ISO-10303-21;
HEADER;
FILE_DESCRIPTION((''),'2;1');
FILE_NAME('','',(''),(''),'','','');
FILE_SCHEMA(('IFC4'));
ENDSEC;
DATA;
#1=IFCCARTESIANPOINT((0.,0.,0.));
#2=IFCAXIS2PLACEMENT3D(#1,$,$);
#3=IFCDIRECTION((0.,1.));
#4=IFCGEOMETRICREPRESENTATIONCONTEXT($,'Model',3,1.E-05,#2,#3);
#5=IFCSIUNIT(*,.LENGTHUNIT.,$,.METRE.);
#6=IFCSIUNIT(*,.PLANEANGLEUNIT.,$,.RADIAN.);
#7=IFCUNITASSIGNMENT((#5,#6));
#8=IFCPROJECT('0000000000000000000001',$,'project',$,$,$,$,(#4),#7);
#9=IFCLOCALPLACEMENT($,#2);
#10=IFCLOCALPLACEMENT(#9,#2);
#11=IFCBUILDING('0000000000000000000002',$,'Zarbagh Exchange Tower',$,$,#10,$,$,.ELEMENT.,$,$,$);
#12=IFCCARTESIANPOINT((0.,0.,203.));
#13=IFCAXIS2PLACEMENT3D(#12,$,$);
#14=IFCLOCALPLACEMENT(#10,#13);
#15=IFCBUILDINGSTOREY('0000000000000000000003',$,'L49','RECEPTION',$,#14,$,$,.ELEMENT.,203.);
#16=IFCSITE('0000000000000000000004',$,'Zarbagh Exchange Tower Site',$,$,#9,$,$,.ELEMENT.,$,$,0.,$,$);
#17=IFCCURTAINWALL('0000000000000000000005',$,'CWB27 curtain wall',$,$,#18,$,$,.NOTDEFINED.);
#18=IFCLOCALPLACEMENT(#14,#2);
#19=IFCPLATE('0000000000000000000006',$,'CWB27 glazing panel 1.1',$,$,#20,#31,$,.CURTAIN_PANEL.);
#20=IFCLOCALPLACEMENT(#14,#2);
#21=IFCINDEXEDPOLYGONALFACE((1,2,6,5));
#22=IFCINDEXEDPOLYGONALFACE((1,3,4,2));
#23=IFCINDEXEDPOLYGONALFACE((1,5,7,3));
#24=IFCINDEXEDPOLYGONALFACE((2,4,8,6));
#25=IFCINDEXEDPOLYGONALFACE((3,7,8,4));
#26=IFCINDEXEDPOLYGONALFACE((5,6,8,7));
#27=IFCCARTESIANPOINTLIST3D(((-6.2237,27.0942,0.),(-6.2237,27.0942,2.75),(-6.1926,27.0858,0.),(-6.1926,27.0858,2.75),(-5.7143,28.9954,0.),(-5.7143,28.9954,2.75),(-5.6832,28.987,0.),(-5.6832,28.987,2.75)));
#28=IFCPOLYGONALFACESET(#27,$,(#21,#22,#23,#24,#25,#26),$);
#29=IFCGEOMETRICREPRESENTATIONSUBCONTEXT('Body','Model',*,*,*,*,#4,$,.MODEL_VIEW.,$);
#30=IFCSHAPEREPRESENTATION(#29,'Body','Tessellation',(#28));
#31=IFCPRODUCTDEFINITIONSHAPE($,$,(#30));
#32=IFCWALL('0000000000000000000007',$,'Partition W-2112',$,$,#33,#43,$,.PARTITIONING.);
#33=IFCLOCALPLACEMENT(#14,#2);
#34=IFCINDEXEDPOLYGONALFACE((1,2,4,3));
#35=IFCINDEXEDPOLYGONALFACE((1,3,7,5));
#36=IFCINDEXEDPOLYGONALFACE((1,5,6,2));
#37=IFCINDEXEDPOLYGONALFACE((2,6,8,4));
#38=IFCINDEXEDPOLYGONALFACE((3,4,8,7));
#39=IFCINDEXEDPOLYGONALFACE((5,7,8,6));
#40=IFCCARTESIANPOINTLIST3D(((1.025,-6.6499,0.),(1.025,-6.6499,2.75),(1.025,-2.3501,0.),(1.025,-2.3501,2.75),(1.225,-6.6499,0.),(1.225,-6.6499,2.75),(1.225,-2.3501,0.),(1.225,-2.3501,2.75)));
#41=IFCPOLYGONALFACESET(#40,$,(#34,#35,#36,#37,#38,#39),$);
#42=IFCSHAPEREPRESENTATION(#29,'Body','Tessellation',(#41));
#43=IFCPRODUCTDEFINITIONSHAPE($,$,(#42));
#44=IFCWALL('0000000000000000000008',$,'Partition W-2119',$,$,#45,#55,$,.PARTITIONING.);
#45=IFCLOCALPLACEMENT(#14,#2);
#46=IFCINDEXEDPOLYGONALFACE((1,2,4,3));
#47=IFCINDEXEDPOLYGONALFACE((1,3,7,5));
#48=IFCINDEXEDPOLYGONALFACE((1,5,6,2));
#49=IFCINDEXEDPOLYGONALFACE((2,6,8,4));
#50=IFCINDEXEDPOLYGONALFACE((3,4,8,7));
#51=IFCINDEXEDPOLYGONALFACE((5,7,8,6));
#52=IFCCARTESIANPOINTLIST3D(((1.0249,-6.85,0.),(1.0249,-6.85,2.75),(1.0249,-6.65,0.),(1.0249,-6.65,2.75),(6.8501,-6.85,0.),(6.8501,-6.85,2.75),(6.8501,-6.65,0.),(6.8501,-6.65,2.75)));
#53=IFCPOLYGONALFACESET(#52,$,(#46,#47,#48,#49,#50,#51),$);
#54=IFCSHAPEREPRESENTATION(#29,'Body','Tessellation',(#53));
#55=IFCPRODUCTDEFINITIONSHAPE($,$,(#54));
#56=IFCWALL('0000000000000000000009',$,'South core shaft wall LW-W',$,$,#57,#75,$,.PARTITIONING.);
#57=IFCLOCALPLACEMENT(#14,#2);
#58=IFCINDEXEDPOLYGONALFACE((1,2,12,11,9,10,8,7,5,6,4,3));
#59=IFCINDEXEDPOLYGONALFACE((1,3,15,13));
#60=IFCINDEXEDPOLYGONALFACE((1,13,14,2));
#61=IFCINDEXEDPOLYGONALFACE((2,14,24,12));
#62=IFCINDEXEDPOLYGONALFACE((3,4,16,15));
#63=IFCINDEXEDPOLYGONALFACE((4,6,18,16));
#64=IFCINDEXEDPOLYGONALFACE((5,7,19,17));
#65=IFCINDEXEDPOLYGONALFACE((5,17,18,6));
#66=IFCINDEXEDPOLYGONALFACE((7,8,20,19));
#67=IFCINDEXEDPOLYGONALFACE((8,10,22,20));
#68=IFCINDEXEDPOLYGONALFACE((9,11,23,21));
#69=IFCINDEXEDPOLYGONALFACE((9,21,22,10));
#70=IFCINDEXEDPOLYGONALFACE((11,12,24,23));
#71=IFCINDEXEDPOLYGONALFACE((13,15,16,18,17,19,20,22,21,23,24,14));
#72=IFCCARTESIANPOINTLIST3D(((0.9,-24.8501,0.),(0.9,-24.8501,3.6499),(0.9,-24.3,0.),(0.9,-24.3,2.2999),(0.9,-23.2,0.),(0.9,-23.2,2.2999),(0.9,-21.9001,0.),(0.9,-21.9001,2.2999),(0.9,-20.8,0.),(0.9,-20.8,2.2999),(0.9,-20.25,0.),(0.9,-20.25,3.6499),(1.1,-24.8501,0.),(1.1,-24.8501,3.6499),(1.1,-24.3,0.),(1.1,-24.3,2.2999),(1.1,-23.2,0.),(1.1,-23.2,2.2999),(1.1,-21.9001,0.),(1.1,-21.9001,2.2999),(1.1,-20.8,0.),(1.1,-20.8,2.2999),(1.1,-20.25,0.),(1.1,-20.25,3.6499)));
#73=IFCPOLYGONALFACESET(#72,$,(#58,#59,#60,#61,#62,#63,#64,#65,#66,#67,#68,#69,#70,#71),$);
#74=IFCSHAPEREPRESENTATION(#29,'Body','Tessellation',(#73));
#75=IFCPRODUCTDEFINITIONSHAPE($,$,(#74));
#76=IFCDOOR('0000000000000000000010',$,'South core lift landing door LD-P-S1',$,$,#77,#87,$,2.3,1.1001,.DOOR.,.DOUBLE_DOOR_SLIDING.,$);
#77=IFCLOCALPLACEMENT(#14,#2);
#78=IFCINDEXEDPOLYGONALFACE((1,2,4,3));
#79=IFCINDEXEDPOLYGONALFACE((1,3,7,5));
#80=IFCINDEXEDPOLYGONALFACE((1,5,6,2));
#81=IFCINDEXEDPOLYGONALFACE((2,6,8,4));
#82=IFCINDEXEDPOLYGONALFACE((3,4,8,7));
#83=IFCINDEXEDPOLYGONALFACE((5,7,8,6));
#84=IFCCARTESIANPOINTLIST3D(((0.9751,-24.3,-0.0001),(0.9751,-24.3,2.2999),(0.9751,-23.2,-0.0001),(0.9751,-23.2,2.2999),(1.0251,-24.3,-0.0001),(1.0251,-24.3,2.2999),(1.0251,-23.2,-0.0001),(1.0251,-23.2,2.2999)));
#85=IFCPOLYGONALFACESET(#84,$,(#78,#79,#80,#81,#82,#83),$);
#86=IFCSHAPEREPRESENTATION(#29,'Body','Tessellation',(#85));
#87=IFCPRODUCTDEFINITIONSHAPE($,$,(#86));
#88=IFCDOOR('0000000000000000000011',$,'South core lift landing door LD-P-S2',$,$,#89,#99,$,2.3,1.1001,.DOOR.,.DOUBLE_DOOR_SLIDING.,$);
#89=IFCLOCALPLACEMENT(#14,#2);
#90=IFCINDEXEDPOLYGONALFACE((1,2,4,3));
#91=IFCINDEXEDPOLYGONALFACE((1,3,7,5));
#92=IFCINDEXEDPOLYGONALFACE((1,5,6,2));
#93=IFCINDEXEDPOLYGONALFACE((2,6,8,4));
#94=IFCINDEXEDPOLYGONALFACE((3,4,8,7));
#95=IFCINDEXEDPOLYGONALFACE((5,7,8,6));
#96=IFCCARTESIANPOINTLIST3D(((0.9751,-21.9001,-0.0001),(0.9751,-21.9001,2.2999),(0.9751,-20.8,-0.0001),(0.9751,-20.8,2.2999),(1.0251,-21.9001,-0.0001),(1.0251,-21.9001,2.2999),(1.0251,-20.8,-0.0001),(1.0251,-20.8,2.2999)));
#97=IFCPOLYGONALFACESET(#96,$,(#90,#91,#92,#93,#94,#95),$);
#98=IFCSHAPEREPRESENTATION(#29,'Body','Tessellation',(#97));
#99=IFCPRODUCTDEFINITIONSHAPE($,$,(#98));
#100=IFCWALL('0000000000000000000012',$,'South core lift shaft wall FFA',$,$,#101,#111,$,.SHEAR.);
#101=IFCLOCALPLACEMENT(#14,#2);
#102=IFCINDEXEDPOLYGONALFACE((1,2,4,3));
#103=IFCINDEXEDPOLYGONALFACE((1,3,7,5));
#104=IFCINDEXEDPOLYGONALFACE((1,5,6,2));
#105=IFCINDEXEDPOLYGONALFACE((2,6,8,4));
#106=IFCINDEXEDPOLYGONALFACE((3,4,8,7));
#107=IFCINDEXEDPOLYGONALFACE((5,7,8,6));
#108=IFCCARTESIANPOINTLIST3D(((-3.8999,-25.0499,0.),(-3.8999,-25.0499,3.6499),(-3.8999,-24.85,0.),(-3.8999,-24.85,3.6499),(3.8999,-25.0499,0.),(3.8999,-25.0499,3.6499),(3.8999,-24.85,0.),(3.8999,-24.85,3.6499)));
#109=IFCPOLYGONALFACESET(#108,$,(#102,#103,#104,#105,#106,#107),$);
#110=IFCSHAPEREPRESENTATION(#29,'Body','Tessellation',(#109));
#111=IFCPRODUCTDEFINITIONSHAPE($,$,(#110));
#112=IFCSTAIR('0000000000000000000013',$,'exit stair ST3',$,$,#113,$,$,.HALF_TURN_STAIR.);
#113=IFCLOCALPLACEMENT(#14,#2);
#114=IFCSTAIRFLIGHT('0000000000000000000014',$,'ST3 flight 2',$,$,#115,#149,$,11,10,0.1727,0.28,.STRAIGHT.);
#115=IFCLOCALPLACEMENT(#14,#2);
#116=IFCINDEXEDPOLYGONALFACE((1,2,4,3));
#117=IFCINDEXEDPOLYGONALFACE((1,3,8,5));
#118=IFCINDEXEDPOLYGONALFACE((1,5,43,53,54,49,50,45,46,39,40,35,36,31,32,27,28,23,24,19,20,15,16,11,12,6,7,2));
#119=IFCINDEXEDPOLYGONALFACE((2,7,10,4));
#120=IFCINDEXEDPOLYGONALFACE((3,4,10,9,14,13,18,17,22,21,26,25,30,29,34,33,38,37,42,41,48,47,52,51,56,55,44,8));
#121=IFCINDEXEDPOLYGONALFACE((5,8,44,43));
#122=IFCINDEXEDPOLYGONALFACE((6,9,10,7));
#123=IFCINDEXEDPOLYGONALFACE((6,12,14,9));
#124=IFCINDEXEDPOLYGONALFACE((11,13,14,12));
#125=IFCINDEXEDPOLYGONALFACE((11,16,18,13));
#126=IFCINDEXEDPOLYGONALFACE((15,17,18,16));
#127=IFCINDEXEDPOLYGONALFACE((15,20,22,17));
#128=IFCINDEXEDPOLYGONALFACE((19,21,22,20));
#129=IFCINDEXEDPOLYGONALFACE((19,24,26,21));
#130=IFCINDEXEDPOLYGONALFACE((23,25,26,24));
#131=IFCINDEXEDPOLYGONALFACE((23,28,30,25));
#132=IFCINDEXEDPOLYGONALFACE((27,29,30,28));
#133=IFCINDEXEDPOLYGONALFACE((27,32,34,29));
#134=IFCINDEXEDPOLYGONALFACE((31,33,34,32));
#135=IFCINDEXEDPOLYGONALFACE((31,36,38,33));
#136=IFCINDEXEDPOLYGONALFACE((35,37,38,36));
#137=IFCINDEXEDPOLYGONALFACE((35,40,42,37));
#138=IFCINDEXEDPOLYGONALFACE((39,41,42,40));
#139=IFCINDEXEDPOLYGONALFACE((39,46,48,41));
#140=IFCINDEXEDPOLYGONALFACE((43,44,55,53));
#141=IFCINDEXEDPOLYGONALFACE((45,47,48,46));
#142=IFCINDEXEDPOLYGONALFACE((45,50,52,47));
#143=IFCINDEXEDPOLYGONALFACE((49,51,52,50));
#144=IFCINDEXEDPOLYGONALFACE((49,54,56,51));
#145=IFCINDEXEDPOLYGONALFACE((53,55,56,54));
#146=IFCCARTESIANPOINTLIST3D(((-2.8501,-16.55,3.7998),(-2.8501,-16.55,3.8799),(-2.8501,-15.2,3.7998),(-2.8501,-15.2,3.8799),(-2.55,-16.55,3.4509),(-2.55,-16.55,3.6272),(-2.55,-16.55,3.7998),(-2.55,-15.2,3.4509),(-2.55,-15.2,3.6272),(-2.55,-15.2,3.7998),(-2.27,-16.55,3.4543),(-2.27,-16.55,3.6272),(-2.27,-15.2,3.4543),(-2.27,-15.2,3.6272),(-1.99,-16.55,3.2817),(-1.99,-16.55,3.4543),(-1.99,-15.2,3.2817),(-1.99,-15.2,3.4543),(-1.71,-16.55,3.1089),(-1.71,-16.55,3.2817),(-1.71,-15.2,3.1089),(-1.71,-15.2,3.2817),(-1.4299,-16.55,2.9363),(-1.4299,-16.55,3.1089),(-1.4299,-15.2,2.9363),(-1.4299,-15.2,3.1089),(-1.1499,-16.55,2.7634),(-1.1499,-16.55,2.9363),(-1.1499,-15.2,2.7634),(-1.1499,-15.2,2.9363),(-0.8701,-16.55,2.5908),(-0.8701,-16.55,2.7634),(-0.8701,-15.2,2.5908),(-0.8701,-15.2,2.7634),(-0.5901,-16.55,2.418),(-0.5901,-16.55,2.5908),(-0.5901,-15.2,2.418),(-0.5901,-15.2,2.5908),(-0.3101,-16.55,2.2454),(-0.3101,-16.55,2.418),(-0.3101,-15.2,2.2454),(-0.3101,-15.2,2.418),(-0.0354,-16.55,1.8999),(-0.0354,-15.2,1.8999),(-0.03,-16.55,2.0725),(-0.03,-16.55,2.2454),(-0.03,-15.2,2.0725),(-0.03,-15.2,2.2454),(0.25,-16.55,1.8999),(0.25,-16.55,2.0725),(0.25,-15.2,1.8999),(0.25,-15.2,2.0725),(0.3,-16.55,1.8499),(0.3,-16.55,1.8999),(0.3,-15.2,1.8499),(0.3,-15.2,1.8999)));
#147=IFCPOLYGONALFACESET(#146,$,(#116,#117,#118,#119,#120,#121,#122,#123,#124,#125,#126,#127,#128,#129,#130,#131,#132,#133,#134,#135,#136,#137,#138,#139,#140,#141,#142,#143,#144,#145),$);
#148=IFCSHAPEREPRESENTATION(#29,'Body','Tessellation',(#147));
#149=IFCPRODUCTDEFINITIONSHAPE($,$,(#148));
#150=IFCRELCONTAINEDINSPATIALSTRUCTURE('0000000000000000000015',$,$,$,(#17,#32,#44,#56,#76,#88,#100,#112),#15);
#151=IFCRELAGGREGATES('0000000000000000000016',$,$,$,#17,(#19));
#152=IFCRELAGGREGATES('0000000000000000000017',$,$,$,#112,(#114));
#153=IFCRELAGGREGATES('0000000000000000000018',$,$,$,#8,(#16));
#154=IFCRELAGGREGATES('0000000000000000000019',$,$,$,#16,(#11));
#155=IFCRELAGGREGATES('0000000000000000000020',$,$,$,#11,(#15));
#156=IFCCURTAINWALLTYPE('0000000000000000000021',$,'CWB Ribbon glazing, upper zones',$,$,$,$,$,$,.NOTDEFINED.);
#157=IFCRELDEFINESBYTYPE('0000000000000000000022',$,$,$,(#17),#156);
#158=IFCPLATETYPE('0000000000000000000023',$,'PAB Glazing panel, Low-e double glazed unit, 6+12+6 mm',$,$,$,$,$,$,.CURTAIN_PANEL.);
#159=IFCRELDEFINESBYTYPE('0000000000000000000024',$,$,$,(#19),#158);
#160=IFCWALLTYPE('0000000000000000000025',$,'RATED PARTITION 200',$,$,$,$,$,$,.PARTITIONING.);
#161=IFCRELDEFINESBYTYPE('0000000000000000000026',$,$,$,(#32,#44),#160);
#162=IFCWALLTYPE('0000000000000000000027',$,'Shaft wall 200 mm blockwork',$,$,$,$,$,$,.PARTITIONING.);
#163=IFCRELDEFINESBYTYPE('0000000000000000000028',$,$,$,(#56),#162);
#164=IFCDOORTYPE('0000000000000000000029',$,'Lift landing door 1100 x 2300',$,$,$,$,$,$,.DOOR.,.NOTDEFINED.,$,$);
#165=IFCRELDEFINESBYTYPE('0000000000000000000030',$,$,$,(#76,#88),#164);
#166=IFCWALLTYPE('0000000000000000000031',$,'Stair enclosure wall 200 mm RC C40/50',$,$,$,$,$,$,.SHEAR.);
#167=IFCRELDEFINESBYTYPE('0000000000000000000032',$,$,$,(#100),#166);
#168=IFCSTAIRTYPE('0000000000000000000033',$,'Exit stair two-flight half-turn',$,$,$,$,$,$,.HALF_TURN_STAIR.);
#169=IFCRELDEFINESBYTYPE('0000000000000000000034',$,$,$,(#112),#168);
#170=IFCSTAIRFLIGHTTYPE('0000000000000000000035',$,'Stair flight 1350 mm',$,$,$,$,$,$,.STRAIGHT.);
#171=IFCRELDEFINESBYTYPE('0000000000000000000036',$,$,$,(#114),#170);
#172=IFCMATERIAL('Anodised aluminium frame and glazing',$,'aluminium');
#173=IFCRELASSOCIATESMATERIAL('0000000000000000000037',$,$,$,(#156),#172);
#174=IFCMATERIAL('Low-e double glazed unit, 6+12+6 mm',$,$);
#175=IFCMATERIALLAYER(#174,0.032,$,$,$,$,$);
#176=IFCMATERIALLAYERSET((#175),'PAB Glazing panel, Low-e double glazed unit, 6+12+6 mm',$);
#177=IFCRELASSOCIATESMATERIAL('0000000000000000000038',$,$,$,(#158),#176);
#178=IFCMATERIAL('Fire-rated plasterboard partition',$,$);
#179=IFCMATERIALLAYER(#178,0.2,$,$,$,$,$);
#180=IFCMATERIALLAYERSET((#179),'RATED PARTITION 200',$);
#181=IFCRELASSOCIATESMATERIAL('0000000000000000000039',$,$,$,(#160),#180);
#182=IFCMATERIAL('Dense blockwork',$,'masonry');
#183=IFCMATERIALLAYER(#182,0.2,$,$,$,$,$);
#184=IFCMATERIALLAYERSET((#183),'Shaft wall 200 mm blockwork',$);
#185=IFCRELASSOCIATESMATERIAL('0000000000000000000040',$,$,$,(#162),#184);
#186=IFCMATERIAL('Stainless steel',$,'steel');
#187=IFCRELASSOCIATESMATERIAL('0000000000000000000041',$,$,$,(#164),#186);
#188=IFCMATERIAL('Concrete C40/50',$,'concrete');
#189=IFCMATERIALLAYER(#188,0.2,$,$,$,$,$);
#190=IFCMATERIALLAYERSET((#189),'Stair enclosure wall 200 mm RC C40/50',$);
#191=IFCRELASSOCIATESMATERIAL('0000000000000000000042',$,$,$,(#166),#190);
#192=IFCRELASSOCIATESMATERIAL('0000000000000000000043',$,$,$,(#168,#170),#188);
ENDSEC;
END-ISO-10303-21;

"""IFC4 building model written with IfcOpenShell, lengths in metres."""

from ifc_helpers import new_model, si_unit, direction, frame, frame_2d, origin, place, context, subcontext, project, spatial, polyline, rectangle, outline, extrude, source, transform, mapped, material, layer, layer_set, type_object, element, fill, aggregate, save


model = new_model("IFC4")

# Units and contexts
model_context = context("Model", 3, precision=1e-05, world=origin(), true_north=direction((0.0, 1.0)))
body_context = subcontext(model_context, "Body", "Model", "MODEL_VIEW")
ifc_project = project(units=[si_unit("LENGTHUNIT", "METRE"), si_unit("PLANEANGLEUNIT", "RADIAN")], contexts=[model_context])

# Site, building, storey
site_placement = place(None, origin())
site = spatial("IfcSite", under=ifc_project, at=site_placement, Name="Zarbagh Exchange Tower Site", CompositionType="ELEMENT", RefElevation=0.0)
building_placement = place(site_placement, origin())
building = spatial("IfcBuilding", under=site, at=building_placement, Name="Zarbagh Exchange Tower", CompositionType="ELEMENT")
storey_placement = place(building_placement, frame((0.0, 0.0, 203.0)))
storey = spatial("IfcBuildingStorey", under=building, at=storey_placement, Name="L49", Description="RECEPTION", CompositionType="ELEMENT", Elevation=203.0)

# Shared definitions
ifc_material_1 = material(Name="Anodised aluminium frame and glazing", Category="aluminium")
curtain_wall_type = type_object("IfcCurtainWallType", Name="CWB Ribbon glazing, upper zones", PredefinedType="NOTDEFINED", material=ifc_material_1)
placement = place(storey_placement, origin())

# Shared definitions
ifc_material_2 = material(Name="Low-e double glazed unit, 6+12+6 mm")
ifc_layer_1 = layer(ifc_material_2, 0.032)
ifc_layer_set_1 = layer_set([ifc_layer_1], Name="PAB Glazing panel, Low-e double glazed unit, 6+12+6 mm")
plate_type = type_object("IfcPlateType", Name="PAB Glazing panel, Low-e double glazed unit, 6+12+6 mm", PredefinedType="CURTAIN_PANEL", material=ifc_layer_set_1)

# Curtain wall, plate
curtain_wall_1_placement = place(storey_placement, origin())
curtain_wall_1 = element("IfcCurtainWall", 1, at=curtain_wall_1_placement, inside=storey, type_object=curtain_wall_type, Name="CWB27 curtain wall", PredefinedType="NOTDEFINED")
shared_shape_1 = source(origin(), body_context, "Body", "SweptSolid", [
    extrude(outline(polyline([(0.0, -0.0161), (1.9683, -0.0161), (1.9683, 0.0161), (0.0, 0.0161), (0.0, -0.0161)])), origin(), (0.0, 0.0, 1.0), 2.75),
])
plate_1 = element("IfcPlate", 2, at=placement, type_object=plate_type, Name="CWB27 glazing panel 1.1", PredefinedType="CURTAIN_PANEL", context=body_context, shape_type="MappedRepresentation", body=[
    mapped(shared_shape_1, transform((-5.6987, 28.9912, 0.0), x_axis=(-0.258825, -0.965924, 0.0), y_axis=(0.965924, -0.258825, 0.0), z_axis=(0.0, 0.0, 1.0))),
])
aggregate(curtain_wall_1, [plate_1])

# Walls
ifc_material_3 = material(Name="Fire-rated plasterboard partition")
ifc_layer_2 = layer(ifc_material_3, 0.2)
ifc_layer_set_2 = layer_set([ifc_layer_2], Name="RATED PARTITION 200")
wall_type_1 = type_object("IfcWallType", Name="RATED PARTITION 200", PredefinedType="PARTITIONING", material=ifc_layer_set_2)
wall_1_placement = place(storey_placement, frame((1.125, -6.6499, 0.0), z_axis=(0.0, 0.0, 1.0), x_axis=(0.0, 1.0, 0.0)))
element("IfcWall", 3, at=wall_1_placement, inside=storey, type_object=wall_type_1, Name="Partition W-2112", PredefinedType="PARTITIONING", context=body_context, shape_type="SweptSolid", body=[
    extrude(rectangle(XDim=4.2998, YDim=0.2, at=frame_2d((2.1499, 0.0))), origin(), (0.0, 0.0, 1.0), 2.75),
])
wall_2_placement = place(storey_placement, frame((1.0249, -6.75, 0.0), z_axis=(0.0, 0.0, 1.0), x_axis=(1.0, 0.0, 0.0)))
element("IfcWall", 4, at=wall_2_placement, inside=storey, type_object=wall_type_1, Name="Partition W-2119", PredefinedType="PARTITIONING", context=body_context, shape_type="SweptSolid", body=[
    extrude(rectangle(XDim=5.8252, YDim=0.2, at=frame_2d((2.9126, 0.0))), origin(), (0.0, 0.0, 1.0), 2.75),
])

# Wall, openings, doors
ifc_material_4 = material(Name="Dense blockwork", Category="masonry")
ifc_layer_3 = layer(ifc_material_4, 0.2)
ifc_layer_set_3 = layer_set([ifc_layer_3], Name="Shaft wall 200 mm blockwork")
wall_type_2 = type_object("IfcWallType", Name="Shaft wall 200 mm blockwork", PredefinedType="PARTITIONING", material=ifc_layer_set_3)
wall_3_placement = place(storey_placement, frame((1.0, -24.8501, 0.0), z_axis=(0.0, 0.0, 1.0), x_axis=(0.0, 1.0, 0.0)))
wall_3 = element("IfcWall", 5, at=wall_3_placement, inside=storey, type_object=wall_type_2, Name="South core shaft wall LW-W", PredefinedType="PARTITIONING", context=body_context, shape_type="SweptSolid", body=[
    extrude(rectangle(XDim=4.6001, YDim=0.2, at=frame_2d((2.3, 0.0))), origin(), (0.0, 0.0, 1.0), 3.6499),
])
opening_1_placement = place(wall_3_placement, frame((0.55, 0.0, 0.0)))
opening_1 = element("IfcOpeningElement", 6, at=opening_1_placement, cuts=wall_3, PredefinedType="OPENING", context=body_context, shape_type="SweptSolid", body=[
    extrude(rectangle(XDim=1.1001, YDim=2.3, at=frame_2d((0.55, 1.1499))), frame((0.0, 0.1099, 0.0), z_axis=(0.0, -1.0, 0.0), x_axis=(1.0, 0.0, 0.0)), (0.0, 0.0, 1.0), 0.22),
])
opening_2_placement = place(wall_3_placement, frame((2.95, 0.0, 0.0)))
opening_2 = element("IfcOpeningElement", 7, at=opening_2_placement, cuts=wall_3, PredefinedType="OPENING", context=body_context, shape_type="SweptSolid", body=[
    extrude(rectangle(XDim=1.1001, YDim=2.3, at=frame_2d((0.55, 1.1499))), frame((0.0, 0.1099, 0.0), z_axis=(0.0, -1.0, 0.0), x_axis=(1.0, 0.0, 0.0)), (0.0, 0.0, 1.0), 0.22),
])
ifc_material_5 = material(Name="Stainless steel", Category="steel")
door_type = type_object("IfcDoorType", Name="Lift landing door 1100 x 2300", OperationType="NOTDEFINED", PredefinedType="DOOR", material=ifc_material_5)
door_1_placement = place(opening_1_placement, origin())
door_1 = element("IfcDoor", 8, at=door_1_placement, inside=storey, type_object=door_type, Name="South core lift landing door LD-P-S1", OperationType="DOUBLE_DOOR_SLIDING", OverallHeight=2.3, OverallWidth=1.1001, PredefinedType="DOOR", context=body_context, shape_type="SweptSolid", body=[
    extrude(rectangle(XDim=1.1001, YDim=2.3, at=frame_2d((0.55, 1.1499))), frame((0.0, 0.0249, 0.0), z_axis=(0.0, -1.0, 0.0), x_axis=(1.0, 0.0, 0.0)), (0.0, 0.0, 1.0), 0.05),
])
fill(opening_1, door_1)
door_2_placement = place(opening_2_placement, origin())
door_2 = element("IfcDoor", 9, at=door_2_placement, inside=storey, type_object=door_type, Name="South core lift landing door LD-P-S2", OperationType="DOUBLE_DOOR_SLIDING", OverallHeight=2.3, OverallWidth=1.1001, PredefinedType="DOOR", context=body_context, shape_type="SweptSolid", body=[
    extrude(rectangle(XDim=1.1001, YDim=2.3, at=frame_2d((0.55, 1.1499))), frame((0.0, 0.0249, 0.0), z_axis=(0.0, -1.0, 0.0), x_axis=(1.0, 0.0, 0.0)), (0.0, 0.0, 1.0), 0.05),
])
fill(opening_2, door_2)

# Wall
ifc_material_6 = material(Name="Concrete C40/50", Category="concrete")
ifc_layer_4 = layer(ifc_material_6, 0.2)
ifc_layer_set_4 = layer_set([ifc_layer_4], Name="Stair enclosure wall 200 mm RC C40/50")
wall_type_3 = type_object("IfcWallType", Name="Stair enclosure wall 200 mm RC C40/50", PredefinedType="SHEAR", material=ifc_layer_set_4)
wall_4_placement = place(storey_placement, frame((3.8999, -24.95, 0.0), z_axis=(0.0, 0.0, 1.0), x_axis=(-1.0, 0.0, 0.0)))
element("IfcWall", 10, at=wall_4_placement, inside=storey, type_object=wall_type_3, Name="South core lift shaft wall FFA", PredefinedType="SHEAR", context=body_context, shape_type="SweptSolid", body=[
    extrude(rectangle(XDim=7.7998, YDim=0.2, at=frame_2d((3.8999, 0.0))), origin(), (0.0, 0.0, 1.0), 3.6499),
])

# Stair, stair flight
stair_type = type_object("IfcStairType", Name="Exit stair two-flight half-turn", PredefinedType="HALF_TURN_STAIR", material=ifc_material_6)
stair_1_placement = place(storey_placement, origin())
stair_1 = element("IfcStair", 11, at=stair_1_placement, inside=storey, type_object=stair_type, Name="exit stair ST3", PredefinedType="HALF_TURN_STAIR")
stair_flight_type_1 = type_object("IfcStairFlightType", Name="Stair flight 1350 mm", PredefinedType="STRAIGHT", material=ifc_material_6)
stair_flight_1_placement = place(storey_placement, frame((0.25, -15.875, 1.8999), z_axis=(0.0, 0.0, 1.0), x_axis=(-1.0, 0.0, 0.0)))
stair_flight_1 = element("IfcStairFlight", 12, at=stair_flight_1_placement, type_object=stair_flight_type_1, Name="ST3 flight 2", NumberOfRisers=11, NumberOfTreads=10, PredefinedType="STRAIGHT", RiserHeight=0.1727, TreadLength=0.28, context=body_context, shape_type="SweptSolid", body=[
    extrude(outline(polyline([(-0.05, -0.05), (-0.05, 0.0), (0.0, 0.0), (0.0, 0.1726), (0.28, 0.1726), (0.28, 0.3455), (0.5601, 0.3455), (0.5601, 0.5181), (0.8401, 0.5181), (0.8401, 0.6909), (1.1201, 0.6909), (1.1201, 0.8635), (1.3999, 0.8635), (1.3999, 1.0364), (1.6799, 1.0364), (1.6799, 1.209), (1.96, 1.209), (1.96, 1.3818), (2.24, 1.3818), (2.24, 1.5544), (2.52, 1.5544), (2.52, 1.7273), (2.8, 1.7273), (2.8, 1.8999), (3.1001, 1.98), (3.1001, 1.8999), (2.8, 1.551), (0.2854, 0.0), (-0.05, -0.05)])), frame((0.0, 0.675, 0.0), z_axis=(0.0, -1.0, 0.0), x_axis=(1.0, 0.0, 0.0)), (0.0, 0.0, 1.0), 1.3501),
])
aggregate(stair_1, [stair_flight_1])

save(model, "model.ifc")
